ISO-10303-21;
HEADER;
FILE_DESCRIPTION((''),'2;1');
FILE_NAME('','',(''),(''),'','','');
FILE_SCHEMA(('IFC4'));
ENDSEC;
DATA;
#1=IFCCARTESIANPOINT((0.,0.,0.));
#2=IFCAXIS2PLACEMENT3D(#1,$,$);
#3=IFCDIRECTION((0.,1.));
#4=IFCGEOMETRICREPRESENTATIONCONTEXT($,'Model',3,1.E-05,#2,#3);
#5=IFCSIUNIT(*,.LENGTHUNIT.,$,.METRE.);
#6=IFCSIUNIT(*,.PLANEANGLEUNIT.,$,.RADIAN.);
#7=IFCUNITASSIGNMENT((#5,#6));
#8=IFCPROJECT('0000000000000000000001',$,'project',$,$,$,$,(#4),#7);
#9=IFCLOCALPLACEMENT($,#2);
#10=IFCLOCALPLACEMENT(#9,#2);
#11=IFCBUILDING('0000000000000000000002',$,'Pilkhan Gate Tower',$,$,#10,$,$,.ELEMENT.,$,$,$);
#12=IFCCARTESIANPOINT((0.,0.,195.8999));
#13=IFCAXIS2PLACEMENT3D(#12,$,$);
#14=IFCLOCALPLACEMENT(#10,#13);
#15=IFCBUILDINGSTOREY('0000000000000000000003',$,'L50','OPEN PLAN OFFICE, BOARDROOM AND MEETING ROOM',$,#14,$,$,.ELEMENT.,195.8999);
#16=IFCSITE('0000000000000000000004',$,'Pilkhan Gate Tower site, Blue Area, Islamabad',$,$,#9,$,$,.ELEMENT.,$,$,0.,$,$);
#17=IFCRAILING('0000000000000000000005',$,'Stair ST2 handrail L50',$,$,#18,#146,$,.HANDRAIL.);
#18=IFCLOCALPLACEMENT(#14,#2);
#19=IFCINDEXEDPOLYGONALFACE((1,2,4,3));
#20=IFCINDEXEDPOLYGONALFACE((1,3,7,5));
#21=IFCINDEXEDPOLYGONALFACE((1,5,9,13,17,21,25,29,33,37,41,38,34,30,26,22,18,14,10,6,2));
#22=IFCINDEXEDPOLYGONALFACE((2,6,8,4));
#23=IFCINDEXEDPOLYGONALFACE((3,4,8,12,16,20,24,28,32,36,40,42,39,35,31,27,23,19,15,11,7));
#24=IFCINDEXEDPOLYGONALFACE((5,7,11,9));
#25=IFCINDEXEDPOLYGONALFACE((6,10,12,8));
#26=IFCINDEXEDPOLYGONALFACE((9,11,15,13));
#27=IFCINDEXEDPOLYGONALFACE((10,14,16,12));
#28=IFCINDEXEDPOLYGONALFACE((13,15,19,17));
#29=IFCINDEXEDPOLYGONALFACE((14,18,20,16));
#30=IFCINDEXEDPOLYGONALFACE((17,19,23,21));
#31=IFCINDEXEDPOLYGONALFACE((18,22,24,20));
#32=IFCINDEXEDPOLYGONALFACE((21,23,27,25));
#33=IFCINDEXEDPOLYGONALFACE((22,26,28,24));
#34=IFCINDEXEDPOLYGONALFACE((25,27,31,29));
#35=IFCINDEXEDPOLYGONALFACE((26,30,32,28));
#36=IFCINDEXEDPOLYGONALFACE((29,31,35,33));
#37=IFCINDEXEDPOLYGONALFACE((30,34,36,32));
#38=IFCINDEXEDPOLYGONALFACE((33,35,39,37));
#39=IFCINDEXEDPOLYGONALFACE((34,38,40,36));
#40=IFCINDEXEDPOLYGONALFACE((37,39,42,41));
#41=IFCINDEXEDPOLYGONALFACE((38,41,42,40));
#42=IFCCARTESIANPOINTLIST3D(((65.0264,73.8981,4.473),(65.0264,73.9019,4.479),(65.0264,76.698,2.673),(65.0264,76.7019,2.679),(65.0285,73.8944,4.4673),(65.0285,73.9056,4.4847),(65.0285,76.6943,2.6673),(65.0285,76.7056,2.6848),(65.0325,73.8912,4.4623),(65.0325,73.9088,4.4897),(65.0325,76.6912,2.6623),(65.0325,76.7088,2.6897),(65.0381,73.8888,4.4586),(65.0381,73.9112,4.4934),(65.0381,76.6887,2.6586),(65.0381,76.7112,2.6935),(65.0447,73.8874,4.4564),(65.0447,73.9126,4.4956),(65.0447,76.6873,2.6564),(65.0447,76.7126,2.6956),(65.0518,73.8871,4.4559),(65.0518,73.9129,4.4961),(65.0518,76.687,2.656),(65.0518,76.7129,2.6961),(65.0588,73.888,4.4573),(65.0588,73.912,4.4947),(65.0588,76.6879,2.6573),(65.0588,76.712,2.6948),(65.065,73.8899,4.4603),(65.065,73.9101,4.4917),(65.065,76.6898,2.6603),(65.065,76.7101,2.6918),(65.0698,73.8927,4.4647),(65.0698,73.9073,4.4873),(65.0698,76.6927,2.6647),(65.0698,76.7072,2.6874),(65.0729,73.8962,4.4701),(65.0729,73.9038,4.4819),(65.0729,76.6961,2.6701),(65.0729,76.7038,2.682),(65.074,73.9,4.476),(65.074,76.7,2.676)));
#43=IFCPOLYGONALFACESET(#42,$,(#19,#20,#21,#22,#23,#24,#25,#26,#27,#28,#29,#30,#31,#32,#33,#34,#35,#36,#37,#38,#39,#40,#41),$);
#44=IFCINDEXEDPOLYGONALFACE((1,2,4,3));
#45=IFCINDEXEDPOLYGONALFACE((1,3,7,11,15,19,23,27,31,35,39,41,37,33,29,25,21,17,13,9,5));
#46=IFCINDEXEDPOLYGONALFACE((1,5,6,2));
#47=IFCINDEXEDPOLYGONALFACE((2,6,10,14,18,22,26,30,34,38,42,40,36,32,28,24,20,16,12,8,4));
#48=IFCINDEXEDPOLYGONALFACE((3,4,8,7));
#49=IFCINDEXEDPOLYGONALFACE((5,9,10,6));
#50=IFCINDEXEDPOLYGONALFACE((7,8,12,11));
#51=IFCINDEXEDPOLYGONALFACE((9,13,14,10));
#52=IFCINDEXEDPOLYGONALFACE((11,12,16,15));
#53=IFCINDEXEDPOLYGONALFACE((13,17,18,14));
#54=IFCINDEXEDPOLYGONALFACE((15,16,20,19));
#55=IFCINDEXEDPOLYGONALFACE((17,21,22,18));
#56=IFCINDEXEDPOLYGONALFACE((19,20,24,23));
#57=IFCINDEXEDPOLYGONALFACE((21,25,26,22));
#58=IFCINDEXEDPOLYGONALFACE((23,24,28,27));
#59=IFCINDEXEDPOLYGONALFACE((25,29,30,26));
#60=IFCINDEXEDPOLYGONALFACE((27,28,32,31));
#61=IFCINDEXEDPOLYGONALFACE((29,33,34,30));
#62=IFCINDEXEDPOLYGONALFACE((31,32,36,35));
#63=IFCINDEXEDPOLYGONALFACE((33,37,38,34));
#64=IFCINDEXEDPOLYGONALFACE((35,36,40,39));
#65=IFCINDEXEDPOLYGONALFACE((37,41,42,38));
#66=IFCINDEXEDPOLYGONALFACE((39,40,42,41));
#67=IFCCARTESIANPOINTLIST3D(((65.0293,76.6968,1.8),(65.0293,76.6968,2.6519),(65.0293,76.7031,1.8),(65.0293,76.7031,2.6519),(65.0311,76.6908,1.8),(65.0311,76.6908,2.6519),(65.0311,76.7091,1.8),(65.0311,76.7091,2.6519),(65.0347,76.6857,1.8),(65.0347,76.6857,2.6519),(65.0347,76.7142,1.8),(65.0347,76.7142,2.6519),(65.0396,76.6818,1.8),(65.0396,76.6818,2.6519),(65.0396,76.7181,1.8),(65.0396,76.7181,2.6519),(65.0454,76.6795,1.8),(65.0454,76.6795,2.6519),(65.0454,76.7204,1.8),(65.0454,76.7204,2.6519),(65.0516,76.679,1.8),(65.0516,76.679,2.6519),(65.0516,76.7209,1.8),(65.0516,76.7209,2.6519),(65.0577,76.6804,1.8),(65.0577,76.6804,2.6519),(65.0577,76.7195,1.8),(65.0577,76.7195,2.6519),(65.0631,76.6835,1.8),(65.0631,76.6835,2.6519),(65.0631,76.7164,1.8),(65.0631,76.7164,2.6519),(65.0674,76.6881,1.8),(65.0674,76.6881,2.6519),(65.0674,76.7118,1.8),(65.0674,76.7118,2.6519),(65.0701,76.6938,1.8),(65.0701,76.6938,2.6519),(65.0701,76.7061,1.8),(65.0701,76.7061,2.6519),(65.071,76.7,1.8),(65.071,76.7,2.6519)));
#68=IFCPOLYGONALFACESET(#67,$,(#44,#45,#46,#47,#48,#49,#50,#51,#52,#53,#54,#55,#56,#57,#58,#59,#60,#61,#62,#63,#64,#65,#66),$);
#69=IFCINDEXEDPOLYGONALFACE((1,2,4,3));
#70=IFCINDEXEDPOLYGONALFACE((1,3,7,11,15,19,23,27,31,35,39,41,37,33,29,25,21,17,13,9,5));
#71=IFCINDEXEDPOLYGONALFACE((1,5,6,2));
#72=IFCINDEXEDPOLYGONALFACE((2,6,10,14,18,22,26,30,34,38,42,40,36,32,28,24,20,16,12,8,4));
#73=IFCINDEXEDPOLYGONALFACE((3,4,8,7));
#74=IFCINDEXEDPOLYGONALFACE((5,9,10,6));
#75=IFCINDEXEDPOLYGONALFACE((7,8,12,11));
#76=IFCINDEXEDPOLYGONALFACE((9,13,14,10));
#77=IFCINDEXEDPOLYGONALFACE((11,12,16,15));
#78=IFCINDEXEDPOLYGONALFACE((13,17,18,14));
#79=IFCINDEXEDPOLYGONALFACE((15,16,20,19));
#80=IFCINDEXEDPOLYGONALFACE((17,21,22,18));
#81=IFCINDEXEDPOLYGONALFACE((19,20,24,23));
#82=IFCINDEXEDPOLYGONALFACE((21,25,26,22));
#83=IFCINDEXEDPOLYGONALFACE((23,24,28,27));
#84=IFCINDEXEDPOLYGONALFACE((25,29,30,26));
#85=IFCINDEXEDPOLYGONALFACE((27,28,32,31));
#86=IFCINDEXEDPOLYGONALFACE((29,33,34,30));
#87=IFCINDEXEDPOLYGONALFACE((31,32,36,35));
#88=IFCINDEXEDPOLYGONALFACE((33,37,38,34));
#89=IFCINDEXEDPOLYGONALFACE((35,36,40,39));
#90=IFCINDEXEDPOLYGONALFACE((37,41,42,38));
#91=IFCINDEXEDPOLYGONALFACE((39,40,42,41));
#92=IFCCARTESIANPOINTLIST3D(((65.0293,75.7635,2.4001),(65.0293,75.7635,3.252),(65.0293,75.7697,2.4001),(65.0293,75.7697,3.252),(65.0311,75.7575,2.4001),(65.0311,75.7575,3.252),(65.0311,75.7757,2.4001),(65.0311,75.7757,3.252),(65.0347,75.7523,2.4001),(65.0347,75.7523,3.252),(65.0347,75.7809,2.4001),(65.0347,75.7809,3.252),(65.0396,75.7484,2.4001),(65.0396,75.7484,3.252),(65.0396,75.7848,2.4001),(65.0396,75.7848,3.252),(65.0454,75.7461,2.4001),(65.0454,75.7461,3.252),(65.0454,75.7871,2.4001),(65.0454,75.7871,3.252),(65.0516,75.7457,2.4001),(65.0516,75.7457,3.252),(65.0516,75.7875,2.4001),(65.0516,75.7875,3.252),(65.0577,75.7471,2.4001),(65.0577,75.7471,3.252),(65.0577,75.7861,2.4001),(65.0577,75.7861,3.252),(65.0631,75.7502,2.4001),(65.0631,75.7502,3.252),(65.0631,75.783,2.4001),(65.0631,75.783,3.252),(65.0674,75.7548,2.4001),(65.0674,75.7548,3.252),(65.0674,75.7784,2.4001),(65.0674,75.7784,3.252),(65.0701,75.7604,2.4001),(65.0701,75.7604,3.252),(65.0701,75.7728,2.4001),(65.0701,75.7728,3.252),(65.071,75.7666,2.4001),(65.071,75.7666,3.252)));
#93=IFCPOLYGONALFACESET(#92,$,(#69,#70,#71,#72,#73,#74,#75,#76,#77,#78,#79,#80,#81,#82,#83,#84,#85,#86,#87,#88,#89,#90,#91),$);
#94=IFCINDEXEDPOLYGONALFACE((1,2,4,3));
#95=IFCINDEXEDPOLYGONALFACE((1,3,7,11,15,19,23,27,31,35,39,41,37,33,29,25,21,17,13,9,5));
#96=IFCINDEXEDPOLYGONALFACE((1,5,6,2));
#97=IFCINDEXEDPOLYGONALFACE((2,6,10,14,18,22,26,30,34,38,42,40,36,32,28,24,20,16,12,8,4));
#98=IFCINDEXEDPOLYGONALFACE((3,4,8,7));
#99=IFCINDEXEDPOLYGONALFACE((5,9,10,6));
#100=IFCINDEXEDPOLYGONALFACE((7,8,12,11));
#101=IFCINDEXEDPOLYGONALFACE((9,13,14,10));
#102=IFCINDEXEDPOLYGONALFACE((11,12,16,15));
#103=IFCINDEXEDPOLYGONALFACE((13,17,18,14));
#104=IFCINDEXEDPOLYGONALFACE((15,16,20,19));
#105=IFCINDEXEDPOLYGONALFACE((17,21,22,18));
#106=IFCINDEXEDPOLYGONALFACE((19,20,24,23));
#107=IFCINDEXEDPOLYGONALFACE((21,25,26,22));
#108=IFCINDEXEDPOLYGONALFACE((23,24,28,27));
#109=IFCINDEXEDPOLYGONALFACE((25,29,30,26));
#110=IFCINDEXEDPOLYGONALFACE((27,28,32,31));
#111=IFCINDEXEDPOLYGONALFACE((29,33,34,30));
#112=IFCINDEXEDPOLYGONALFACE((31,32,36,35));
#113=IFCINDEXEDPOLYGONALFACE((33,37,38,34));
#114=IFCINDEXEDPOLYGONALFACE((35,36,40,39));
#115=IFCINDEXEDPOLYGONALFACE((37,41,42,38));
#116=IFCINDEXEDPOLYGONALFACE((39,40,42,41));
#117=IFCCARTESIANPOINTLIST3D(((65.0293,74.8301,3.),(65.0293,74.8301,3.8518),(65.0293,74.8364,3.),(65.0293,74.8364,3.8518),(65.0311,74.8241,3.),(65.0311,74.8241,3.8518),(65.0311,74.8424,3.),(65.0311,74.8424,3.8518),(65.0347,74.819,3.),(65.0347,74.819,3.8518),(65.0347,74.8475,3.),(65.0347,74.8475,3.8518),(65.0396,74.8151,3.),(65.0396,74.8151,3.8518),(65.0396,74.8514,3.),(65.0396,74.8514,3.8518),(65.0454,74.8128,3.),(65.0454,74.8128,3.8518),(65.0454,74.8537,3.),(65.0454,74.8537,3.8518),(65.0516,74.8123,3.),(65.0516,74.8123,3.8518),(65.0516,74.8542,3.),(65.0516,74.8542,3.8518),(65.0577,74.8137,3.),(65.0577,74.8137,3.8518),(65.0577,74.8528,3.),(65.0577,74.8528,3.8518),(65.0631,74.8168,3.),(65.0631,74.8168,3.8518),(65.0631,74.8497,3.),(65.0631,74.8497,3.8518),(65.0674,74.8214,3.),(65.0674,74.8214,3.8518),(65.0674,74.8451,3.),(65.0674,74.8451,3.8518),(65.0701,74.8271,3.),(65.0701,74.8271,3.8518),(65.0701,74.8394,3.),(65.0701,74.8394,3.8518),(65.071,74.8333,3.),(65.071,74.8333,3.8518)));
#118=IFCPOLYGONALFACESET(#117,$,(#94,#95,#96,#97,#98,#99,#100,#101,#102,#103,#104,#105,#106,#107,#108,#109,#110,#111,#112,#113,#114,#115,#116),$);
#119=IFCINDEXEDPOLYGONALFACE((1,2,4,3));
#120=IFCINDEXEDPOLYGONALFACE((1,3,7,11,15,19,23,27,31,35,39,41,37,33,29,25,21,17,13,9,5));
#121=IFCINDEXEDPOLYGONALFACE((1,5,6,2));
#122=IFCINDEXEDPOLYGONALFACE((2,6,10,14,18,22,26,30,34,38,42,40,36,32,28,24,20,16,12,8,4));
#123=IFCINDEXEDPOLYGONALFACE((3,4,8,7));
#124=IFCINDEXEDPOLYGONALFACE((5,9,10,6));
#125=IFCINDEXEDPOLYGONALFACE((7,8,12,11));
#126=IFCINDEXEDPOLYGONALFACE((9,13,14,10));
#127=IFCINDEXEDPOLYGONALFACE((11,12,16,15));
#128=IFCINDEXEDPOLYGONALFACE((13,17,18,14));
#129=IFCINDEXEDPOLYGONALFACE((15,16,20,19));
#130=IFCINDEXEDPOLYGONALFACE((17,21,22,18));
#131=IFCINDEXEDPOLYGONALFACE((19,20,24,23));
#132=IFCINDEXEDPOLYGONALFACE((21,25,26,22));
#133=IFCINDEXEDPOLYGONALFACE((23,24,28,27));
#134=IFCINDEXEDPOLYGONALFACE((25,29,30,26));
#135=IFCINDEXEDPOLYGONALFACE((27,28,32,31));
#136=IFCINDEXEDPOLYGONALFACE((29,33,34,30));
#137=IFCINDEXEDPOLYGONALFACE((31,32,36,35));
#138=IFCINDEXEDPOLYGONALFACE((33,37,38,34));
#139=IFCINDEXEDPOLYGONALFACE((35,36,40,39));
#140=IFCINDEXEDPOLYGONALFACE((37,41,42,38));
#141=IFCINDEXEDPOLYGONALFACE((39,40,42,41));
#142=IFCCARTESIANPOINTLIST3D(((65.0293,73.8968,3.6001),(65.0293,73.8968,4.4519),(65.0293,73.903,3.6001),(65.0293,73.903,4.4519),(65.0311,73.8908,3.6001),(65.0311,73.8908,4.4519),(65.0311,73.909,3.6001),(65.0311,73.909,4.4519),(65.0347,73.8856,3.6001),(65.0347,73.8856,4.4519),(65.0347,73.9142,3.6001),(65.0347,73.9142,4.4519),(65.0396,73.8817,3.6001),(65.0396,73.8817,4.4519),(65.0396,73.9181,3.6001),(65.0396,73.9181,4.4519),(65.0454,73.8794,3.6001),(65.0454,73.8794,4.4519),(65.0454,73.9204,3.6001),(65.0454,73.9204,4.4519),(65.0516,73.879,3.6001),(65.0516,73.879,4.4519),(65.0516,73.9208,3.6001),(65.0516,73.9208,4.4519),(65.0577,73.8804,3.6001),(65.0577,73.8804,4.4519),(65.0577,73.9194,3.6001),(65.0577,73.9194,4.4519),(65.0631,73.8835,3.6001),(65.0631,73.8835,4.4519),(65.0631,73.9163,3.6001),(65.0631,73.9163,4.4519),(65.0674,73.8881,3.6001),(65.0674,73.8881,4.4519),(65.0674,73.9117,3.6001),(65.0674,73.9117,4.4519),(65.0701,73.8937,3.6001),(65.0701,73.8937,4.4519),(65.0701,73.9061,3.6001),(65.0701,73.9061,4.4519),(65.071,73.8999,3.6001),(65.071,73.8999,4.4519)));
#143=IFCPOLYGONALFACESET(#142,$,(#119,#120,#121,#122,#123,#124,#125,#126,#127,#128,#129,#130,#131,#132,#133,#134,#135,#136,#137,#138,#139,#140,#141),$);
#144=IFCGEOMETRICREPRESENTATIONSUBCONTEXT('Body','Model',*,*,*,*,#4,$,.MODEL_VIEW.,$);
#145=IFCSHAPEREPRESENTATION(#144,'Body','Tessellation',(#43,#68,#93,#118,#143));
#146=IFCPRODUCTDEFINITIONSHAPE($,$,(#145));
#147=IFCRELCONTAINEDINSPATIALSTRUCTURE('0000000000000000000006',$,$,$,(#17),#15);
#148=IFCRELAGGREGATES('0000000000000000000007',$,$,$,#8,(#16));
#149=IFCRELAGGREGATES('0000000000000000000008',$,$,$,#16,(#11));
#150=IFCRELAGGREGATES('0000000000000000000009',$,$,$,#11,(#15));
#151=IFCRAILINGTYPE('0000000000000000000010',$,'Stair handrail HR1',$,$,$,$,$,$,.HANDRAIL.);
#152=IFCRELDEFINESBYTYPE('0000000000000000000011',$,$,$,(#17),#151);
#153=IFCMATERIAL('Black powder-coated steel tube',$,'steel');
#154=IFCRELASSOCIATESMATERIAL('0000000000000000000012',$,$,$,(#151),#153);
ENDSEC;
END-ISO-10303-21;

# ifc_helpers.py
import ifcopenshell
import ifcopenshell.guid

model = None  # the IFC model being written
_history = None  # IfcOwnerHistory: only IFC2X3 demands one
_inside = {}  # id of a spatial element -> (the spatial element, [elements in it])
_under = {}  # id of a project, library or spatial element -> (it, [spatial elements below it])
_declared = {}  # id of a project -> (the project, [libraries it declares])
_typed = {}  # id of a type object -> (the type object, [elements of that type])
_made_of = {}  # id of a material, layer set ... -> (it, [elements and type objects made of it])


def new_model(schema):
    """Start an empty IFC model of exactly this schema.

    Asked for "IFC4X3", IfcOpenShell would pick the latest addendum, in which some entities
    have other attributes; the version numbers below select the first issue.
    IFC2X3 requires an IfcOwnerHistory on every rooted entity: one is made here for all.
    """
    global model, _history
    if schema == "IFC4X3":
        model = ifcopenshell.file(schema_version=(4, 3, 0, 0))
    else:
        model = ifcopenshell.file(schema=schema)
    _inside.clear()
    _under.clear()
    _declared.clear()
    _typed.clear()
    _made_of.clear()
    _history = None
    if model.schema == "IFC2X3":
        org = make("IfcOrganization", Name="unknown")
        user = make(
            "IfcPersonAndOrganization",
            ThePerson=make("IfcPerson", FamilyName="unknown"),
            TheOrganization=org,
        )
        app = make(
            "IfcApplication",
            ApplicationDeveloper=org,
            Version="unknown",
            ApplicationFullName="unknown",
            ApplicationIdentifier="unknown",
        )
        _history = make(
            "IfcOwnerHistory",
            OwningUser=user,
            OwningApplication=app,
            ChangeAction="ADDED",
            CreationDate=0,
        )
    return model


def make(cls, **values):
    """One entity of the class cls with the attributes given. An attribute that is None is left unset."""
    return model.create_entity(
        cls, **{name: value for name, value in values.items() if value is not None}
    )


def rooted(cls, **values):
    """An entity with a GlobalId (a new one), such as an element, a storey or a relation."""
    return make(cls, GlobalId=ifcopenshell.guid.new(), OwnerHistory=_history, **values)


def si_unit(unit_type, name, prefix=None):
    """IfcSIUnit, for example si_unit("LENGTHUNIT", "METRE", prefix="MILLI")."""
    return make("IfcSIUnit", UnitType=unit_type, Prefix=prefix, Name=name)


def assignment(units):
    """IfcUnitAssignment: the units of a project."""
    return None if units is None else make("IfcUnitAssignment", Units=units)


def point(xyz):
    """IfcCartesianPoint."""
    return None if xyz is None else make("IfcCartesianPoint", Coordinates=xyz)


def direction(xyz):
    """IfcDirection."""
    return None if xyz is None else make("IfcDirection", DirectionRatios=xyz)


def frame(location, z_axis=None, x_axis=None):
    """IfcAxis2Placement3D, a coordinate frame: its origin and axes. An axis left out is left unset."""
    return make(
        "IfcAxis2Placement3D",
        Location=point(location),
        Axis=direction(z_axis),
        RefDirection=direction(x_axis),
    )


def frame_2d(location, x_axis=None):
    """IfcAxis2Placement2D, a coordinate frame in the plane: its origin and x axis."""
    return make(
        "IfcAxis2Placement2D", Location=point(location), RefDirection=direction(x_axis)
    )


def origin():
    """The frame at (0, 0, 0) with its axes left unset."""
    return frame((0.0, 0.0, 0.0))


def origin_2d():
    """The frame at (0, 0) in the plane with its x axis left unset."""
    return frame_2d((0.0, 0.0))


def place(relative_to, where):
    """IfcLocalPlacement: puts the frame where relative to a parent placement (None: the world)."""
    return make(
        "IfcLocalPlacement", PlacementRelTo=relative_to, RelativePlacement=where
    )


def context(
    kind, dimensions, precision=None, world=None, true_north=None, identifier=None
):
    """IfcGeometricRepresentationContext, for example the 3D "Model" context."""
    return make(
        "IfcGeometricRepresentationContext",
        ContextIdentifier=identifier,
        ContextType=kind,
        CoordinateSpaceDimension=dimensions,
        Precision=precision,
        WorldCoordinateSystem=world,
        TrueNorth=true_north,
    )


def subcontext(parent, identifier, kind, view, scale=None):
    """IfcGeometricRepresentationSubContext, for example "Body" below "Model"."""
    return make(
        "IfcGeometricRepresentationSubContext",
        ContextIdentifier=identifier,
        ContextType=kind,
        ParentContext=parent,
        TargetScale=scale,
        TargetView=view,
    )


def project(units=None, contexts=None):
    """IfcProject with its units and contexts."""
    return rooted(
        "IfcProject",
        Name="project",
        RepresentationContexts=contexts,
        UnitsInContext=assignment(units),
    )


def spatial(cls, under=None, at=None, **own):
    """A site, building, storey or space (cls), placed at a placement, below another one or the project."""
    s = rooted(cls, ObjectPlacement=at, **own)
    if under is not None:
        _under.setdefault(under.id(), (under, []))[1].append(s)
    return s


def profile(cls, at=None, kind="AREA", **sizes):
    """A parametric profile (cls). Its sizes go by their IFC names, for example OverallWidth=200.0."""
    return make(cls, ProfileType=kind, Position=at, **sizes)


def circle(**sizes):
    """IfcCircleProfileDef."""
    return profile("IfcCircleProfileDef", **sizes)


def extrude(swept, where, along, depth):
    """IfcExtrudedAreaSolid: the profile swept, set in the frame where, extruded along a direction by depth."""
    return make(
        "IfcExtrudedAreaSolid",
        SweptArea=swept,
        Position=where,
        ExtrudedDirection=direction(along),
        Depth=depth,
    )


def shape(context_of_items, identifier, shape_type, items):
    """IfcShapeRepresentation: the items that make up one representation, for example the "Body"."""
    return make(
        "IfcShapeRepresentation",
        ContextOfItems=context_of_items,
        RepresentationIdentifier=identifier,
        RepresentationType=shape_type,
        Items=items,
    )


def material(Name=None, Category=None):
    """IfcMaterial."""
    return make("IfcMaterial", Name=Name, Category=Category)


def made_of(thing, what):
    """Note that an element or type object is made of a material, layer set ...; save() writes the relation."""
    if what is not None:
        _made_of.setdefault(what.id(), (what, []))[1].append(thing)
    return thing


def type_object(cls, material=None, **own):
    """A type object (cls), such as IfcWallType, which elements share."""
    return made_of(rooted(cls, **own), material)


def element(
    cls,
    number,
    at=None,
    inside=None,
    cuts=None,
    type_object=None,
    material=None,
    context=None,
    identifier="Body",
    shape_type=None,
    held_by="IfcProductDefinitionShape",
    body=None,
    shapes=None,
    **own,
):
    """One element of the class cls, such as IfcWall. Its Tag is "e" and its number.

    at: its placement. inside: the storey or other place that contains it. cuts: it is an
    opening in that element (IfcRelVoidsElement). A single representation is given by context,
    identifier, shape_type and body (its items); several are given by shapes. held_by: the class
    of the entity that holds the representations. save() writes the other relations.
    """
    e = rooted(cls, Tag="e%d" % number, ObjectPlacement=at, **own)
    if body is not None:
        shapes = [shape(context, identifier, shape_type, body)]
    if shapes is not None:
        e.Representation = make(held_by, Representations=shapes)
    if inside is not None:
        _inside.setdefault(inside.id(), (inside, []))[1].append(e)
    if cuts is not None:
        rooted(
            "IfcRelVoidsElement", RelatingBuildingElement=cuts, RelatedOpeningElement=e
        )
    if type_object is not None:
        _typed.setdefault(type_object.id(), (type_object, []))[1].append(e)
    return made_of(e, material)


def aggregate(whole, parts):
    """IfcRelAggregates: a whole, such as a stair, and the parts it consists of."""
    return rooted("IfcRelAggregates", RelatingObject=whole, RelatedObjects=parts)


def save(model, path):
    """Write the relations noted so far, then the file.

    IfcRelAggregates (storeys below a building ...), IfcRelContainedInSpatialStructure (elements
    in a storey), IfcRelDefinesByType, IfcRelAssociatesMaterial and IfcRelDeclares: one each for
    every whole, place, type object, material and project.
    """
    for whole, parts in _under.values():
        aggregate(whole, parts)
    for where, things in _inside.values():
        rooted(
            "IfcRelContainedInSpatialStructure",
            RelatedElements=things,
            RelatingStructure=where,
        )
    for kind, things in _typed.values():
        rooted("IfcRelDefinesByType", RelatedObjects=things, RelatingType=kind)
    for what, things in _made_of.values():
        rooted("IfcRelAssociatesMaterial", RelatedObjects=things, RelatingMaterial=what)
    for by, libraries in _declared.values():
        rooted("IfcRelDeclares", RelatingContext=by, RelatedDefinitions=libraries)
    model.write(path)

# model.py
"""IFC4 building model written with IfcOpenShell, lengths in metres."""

from ifc_helpers import new_model, si_unit, direction, frame, origin, origin_2d, place, context, subcontext, project, spatial, circle, extrude, material, type_object, element, save


model = new_model("IFC4")

# Units and contexts
model_context = context("Model", 3, precision=1e-05, world=origin(), true_north=direction((0.0, 1.0)))
body_context = subcontext(model_context, "Body", "Model", "MODEL_VIEW")
ifc_project = project(units=[si_unit("LENGTHUNIT", "METRE"), si_unit("PLANEANGLEUNIT", "RADIAN")], contexts=[model_context])

# Site, building, storey
site_placement = place(None, origin())
site = spatial("IfcSite", under=ifc_project, at=site_placement, Name="Pilkhan Gate Tower site, Blue Area, Islamabad", CompositionType="ELEMENT", RefElevation=0.0)
building_placement = place(site_placement, origin())
building = spatial("IfcBuilding", under=site, at=building_placement, Name="Pilkhan Gate Tower", CompositionType="ELEMENT")
storey_placement = place(building_placement, frame((0.0, 0.0, 195.8999)))
storey = spatial("IfcBuildingStorey", under=building, at=storey_placement, Name="L50", Description="OPEN PLAN OFFICE, BOARDROOM AND MEETING ROOM", CompositionType="ELEMENT", Elevation=195.8999)

# Railing
ifc_material_1 = material(Name="Black powder-coated steel tube", Category="steel")
railing_type_1 = type_object("IfcRailingType", Name="Stair handrail HR1", PredefinedType="HANDRAIL", material=ifc_material_1)
railing_1_placement = place(storey_placement, frame((65.05, 76.7, 1.8)))
element("IfcRailing", 1, at=railing_1_placement, inside=storey, type_object=railing_type_1, Name="Stair ST2 handrail L50", PredefinedType="HANDRAIL", context=body_context, shape_type="SweptSolid", body=[
    extrude(circle(Radius=0.0239, at=origin_2d()), frame((0.0, 0.0, 0.876), z_axis=(0.0, -0.841176, 0.540761), x_axis=(1.0, 0.0, 0.0)), (0.0, 0.0, 1.0), 3.3286),
    extrude(circle(Radius=0.021, at=origin_2d()), origin(), (0.0, 0.0, 1.0), 0.8518),
    extrude(circle(Radius=0.021, at=origin_2d()), frame((0.0, -0.9333, 0.6001)), (0.0, 0.0, 1.0), 0.8518),
    extrude(circle(Radius=0.021, at=origin_2d()), frame((0.0, -1.8667, 1.2)), (0.0, 0.0, 1.0), 0.8518),
    extrude(circle(Radius=0.021, at=origin_2d()), frame((0.0, -2.8, 1.8)), (0.0, 0.0, 1.0), 0.8518),
])

save(model, "model.ifc")
